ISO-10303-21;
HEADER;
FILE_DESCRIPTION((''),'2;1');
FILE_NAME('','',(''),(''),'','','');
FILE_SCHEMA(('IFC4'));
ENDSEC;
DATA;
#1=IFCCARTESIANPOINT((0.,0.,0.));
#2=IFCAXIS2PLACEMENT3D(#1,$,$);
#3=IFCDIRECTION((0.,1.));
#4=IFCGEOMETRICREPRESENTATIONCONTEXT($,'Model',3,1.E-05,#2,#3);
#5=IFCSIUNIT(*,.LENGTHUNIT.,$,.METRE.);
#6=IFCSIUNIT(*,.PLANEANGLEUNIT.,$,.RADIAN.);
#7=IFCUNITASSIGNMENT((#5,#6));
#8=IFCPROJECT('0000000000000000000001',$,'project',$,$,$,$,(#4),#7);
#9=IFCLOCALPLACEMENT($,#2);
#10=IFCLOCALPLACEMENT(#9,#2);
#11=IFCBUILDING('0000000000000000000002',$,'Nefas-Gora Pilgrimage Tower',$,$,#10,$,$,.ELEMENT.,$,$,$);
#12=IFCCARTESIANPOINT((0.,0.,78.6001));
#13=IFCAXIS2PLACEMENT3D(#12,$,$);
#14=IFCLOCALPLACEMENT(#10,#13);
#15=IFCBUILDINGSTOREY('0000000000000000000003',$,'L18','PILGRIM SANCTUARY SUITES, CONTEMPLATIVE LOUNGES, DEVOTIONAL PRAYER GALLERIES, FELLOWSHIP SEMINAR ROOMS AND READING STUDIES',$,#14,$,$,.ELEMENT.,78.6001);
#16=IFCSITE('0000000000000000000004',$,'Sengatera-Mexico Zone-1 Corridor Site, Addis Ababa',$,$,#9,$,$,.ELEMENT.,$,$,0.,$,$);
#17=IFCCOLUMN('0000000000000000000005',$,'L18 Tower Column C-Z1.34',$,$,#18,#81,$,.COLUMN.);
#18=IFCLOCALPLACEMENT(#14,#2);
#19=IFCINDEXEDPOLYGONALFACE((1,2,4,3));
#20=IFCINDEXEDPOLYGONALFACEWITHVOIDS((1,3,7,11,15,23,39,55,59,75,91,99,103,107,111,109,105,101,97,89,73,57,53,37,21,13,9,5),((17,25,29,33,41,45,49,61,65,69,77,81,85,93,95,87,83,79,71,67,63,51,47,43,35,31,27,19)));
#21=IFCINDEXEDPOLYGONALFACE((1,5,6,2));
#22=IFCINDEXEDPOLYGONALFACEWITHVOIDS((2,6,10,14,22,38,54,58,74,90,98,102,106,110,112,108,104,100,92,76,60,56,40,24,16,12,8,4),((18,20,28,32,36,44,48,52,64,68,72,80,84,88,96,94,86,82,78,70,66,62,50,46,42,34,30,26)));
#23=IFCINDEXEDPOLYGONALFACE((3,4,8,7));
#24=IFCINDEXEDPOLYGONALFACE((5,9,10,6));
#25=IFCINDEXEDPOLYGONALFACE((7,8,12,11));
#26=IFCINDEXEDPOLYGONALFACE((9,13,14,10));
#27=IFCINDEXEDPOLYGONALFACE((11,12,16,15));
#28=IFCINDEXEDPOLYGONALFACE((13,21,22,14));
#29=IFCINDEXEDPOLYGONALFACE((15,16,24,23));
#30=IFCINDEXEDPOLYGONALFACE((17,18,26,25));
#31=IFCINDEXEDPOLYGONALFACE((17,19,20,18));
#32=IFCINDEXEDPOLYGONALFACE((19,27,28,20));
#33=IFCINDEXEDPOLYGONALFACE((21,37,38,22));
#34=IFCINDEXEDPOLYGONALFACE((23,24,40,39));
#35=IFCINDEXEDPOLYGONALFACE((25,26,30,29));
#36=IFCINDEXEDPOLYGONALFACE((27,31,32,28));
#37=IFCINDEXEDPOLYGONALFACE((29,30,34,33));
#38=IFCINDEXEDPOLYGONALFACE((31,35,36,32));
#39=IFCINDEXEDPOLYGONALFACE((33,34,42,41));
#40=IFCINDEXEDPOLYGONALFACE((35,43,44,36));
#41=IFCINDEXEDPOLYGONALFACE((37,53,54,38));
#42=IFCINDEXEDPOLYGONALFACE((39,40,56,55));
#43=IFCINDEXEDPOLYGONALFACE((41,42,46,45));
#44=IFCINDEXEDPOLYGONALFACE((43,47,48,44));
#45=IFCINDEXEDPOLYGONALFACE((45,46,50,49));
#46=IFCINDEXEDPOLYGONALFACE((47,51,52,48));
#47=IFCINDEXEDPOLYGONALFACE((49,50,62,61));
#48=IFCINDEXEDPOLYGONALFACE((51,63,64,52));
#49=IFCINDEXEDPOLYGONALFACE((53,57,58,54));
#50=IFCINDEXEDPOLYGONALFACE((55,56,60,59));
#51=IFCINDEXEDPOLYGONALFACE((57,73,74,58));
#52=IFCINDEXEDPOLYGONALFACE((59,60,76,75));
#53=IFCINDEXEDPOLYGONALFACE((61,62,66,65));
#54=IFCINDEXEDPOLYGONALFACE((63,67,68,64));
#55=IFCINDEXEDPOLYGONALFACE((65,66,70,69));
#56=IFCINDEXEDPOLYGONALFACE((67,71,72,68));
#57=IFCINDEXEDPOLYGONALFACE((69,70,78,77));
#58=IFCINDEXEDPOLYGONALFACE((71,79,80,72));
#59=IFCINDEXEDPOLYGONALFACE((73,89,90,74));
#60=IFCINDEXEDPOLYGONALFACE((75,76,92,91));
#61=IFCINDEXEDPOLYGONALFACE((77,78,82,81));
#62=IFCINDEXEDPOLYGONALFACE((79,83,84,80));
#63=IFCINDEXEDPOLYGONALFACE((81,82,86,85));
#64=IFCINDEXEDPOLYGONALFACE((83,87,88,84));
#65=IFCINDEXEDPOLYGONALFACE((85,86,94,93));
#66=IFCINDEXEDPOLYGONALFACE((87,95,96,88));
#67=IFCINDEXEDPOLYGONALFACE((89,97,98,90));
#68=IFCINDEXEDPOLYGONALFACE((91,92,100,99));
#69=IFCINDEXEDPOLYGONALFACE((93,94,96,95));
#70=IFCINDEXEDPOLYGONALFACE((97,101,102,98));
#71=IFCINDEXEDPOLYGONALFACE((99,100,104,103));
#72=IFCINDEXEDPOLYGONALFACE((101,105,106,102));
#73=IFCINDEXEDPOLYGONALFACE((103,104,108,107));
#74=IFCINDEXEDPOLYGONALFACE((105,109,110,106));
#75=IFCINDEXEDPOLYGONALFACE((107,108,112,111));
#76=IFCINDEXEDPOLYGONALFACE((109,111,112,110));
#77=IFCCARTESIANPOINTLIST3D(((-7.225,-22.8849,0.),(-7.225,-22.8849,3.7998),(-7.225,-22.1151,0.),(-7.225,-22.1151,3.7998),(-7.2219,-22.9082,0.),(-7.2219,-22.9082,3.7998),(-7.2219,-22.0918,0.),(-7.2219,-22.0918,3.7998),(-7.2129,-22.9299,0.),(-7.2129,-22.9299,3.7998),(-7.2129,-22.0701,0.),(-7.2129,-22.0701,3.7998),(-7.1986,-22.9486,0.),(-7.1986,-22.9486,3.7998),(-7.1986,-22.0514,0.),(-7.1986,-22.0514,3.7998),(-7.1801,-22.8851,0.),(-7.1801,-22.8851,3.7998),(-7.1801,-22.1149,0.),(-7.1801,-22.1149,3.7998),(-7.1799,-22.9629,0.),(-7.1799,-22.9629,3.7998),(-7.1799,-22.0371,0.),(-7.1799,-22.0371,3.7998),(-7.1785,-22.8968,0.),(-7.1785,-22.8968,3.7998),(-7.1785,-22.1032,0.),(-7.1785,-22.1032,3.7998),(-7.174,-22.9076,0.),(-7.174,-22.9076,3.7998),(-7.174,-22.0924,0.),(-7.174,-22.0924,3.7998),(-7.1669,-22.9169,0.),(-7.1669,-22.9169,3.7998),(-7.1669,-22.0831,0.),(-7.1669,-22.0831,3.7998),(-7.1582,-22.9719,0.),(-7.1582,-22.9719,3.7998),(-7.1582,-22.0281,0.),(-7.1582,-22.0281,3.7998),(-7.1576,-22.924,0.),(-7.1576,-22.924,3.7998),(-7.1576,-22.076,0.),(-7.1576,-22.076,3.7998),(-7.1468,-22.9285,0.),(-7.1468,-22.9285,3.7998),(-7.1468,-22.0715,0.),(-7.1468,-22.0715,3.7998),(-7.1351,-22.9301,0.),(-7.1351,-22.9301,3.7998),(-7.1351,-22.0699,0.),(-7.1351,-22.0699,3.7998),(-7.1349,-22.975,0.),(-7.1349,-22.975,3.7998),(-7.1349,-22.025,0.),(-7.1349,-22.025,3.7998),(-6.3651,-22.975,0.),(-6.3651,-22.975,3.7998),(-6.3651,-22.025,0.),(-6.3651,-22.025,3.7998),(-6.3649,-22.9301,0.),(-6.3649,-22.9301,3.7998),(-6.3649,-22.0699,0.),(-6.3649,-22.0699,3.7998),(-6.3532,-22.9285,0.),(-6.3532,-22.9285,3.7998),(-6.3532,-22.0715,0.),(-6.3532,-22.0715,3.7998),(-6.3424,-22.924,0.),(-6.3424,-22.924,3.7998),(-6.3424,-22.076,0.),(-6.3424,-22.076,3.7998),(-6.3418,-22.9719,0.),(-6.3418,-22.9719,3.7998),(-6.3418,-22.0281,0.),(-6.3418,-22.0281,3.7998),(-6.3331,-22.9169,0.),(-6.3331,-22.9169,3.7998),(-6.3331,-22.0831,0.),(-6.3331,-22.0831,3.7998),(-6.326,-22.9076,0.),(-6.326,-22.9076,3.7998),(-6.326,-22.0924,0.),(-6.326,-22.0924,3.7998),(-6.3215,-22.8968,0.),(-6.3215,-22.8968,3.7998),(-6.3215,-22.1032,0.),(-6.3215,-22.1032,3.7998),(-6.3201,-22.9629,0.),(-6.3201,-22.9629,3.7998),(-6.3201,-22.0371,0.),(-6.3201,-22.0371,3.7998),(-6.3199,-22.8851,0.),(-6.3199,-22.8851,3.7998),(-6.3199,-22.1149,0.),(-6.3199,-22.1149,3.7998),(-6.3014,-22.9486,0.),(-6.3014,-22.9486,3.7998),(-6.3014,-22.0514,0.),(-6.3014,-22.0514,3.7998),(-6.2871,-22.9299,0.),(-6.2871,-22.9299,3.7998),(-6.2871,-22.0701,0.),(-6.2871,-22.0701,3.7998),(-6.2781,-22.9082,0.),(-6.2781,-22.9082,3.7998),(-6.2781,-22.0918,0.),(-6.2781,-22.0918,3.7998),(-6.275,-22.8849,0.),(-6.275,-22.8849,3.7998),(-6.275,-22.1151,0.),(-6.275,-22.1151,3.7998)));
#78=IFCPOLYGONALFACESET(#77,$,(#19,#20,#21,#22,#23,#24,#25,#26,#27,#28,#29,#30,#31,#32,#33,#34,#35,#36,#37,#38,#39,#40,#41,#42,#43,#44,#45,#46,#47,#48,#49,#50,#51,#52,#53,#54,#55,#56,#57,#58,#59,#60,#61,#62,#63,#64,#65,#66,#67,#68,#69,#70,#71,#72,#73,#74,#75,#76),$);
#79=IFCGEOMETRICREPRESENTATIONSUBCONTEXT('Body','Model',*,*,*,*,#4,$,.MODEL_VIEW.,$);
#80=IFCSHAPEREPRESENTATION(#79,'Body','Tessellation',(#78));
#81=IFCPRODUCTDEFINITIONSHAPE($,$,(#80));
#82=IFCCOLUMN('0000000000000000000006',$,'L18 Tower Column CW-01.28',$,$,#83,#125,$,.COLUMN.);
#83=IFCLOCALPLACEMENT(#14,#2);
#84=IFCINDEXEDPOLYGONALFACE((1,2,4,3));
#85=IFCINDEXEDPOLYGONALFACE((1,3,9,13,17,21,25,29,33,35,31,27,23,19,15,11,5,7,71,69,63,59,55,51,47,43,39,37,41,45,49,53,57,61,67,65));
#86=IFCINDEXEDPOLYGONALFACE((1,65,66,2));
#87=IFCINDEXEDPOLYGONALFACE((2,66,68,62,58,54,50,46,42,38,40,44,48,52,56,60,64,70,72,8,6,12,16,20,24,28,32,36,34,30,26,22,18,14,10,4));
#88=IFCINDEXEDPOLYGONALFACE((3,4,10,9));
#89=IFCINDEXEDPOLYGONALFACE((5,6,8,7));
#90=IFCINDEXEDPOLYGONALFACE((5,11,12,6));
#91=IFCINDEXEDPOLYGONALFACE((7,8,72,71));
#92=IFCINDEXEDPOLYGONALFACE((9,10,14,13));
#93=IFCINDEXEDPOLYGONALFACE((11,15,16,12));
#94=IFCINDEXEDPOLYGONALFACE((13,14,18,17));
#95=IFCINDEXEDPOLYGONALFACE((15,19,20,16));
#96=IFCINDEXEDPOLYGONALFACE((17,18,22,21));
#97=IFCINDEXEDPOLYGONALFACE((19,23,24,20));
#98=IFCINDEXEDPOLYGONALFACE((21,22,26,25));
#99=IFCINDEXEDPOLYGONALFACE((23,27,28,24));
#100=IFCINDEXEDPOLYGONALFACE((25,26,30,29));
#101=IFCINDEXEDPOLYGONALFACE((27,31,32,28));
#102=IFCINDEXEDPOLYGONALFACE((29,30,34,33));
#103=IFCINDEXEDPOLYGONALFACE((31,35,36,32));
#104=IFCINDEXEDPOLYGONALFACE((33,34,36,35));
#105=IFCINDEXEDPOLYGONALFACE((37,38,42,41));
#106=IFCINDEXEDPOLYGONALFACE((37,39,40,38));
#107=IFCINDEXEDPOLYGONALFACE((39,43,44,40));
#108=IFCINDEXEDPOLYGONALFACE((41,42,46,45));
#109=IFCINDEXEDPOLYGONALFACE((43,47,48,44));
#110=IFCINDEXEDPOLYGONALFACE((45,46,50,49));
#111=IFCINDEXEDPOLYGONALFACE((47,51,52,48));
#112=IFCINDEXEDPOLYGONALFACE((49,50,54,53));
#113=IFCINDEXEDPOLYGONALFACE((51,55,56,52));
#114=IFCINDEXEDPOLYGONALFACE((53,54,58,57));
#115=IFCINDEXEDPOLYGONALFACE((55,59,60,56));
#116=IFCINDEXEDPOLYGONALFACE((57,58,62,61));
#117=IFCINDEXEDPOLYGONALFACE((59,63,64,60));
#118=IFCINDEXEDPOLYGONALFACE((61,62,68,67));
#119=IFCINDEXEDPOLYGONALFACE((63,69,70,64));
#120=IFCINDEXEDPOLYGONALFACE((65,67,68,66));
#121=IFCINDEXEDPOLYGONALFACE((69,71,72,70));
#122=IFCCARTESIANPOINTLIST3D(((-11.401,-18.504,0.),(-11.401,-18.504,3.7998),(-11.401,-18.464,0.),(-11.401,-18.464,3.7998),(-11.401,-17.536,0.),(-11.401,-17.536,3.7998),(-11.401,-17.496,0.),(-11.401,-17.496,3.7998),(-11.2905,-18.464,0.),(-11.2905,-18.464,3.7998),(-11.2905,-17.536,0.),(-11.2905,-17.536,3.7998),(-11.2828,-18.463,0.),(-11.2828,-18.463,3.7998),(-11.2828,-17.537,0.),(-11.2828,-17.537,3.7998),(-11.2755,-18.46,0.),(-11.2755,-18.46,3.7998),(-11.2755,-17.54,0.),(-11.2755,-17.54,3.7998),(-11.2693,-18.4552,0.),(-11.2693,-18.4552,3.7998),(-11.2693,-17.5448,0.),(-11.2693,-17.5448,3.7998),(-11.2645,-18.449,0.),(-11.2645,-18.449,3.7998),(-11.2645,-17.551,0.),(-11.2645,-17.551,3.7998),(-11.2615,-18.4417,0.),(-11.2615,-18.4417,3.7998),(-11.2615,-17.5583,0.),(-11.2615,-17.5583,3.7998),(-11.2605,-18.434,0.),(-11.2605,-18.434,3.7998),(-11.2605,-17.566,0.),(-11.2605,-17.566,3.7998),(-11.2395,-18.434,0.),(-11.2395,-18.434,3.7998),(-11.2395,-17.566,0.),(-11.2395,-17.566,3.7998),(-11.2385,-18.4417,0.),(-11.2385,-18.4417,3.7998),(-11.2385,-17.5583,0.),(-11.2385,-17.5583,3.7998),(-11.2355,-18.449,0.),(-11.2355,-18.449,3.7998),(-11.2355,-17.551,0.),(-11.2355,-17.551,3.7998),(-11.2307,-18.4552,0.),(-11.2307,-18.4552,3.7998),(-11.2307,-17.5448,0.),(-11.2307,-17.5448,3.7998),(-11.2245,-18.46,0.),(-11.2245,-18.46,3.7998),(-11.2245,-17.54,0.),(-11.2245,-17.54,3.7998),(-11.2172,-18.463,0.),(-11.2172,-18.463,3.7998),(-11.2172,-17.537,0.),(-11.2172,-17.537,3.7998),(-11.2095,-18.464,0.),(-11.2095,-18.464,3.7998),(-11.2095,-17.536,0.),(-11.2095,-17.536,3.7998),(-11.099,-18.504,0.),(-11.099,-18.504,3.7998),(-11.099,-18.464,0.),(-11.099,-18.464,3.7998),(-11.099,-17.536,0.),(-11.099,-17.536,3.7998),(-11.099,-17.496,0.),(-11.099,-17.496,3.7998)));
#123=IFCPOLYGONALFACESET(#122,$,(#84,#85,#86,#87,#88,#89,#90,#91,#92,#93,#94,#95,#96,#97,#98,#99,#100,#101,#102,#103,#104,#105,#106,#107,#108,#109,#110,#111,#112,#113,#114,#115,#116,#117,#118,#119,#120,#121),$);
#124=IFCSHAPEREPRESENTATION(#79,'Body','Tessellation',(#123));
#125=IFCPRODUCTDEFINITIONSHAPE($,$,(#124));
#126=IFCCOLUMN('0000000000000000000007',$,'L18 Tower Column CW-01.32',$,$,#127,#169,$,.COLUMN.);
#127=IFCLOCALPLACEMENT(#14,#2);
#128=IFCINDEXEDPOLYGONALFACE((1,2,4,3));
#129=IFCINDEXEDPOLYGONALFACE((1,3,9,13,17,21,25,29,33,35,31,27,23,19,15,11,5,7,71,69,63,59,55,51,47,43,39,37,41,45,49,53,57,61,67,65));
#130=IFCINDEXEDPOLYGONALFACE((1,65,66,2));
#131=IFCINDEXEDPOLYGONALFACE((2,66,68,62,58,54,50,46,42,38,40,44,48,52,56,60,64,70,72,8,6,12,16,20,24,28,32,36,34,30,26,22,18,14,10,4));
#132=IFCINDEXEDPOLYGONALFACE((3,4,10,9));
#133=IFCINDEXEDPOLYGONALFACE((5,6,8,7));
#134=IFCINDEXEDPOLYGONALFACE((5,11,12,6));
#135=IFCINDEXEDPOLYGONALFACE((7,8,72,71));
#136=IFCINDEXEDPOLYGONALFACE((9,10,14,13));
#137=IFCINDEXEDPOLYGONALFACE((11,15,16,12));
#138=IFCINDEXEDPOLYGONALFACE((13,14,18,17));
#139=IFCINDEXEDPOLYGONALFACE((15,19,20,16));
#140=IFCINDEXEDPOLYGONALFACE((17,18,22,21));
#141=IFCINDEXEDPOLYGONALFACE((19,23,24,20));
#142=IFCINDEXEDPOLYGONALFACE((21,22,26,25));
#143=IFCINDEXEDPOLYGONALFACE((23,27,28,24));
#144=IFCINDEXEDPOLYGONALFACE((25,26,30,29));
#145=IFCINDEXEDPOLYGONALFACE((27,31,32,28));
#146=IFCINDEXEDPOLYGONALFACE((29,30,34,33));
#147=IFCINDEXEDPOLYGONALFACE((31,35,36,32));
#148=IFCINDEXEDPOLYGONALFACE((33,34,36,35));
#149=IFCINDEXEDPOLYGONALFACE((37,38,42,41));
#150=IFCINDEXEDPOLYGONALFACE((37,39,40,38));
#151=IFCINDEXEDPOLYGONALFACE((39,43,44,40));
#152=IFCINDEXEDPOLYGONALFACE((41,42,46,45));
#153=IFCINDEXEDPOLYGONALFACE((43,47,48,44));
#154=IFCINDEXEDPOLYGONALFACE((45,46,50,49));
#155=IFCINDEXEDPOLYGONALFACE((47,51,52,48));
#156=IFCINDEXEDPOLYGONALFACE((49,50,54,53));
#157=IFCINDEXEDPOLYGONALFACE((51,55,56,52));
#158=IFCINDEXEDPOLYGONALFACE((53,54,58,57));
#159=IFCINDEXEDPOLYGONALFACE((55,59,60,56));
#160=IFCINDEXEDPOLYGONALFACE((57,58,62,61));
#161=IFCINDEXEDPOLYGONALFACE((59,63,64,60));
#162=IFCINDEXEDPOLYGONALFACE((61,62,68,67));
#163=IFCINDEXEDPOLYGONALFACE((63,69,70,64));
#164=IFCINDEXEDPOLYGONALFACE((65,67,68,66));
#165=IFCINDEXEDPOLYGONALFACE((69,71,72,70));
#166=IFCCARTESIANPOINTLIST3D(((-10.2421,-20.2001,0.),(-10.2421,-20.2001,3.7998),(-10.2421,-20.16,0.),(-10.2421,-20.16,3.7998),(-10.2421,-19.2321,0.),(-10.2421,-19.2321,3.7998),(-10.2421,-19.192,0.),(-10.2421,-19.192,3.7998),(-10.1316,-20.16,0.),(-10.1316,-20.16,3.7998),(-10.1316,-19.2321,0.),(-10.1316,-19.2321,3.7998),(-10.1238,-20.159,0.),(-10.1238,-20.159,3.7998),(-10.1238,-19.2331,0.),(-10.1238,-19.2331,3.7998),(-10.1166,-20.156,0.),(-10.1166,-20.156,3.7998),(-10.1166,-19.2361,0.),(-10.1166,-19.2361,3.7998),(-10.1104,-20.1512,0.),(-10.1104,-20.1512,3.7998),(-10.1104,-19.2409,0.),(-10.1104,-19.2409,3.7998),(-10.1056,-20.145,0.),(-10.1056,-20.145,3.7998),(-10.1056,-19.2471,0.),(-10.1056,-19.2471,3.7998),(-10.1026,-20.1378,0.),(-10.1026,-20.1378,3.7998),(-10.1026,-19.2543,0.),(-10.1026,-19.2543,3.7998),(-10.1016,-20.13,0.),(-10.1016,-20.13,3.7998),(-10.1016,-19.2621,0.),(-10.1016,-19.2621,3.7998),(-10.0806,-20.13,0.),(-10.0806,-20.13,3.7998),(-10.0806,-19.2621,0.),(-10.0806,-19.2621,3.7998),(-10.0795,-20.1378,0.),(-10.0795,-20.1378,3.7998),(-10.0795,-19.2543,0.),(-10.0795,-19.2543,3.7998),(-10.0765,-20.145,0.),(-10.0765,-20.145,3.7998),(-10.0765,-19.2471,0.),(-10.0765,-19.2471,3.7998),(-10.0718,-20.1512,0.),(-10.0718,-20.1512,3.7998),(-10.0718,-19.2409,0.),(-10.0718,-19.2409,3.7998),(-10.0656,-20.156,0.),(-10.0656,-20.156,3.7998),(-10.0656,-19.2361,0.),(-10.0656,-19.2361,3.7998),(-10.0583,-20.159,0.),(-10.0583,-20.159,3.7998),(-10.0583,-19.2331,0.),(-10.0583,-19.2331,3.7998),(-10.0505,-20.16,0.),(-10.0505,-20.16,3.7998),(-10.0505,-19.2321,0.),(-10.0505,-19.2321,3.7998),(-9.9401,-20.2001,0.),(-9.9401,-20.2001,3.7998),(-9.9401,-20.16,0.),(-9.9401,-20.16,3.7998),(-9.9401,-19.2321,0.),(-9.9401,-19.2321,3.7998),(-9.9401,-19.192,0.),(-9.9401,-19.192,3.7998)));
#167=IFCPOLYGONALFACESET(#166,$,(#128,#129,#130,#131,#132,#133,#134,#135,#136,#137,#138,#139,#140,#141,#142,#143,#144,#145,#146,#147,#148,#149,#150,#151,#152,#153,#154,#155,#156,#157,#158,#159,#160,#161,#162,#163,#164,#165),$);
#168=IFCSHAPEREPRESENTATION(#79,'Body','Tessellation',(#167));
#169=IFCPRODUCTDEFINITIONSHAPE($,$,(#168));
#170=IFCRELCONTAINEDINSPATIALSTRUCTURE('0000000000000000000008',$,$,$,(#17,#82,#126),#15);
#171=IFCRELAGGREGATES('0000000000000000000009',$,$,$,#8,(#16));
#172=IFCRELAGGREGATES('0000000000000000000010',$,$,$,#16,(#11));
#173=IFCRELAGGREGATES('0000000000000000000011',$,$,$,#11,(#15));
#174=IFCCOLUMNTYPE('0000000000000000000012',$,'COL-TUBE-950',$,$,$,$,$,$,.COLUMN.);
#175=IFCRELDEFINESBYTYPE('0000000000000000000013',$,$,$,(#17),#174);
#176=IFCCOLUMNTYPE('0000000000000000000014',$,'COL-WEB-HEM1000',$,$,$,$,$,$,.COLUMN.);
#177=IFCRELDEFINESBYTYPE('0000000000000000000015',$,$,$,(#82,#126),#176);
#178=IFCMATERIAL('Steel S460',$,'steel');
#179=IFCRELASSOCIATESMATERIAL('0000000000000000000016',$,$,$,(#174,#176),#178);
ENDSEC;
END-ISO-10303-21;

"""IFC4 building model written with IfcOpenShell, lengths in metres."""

from ifc_helpers import new_model, si_unit, direction, frame, origin, origin_2d, place, context, subcontext, project, spatial, hollow_rectangle, i_section, extrude, source, transform, mapped, material, material_profile, profile_set, type_object, element, save


model = new_model("IFC4")

# Units and contexts
model_context = context("Model", 3, precision=1e-05, world=origin(), true_north=direction((0.0, 1.0)))
body_context = subcontext(model_context, "Body", "Model", "MODEL_VIEW")
ifc_project = project(units=[si_unit("LENGTHUNIT", "METRE"), si_unit("PLANEANGLEUNIT", "RADIAN")], contexts=[model_context])

# Site, building, storey
site_placement = place(None, origin())
site = spatial("IfcSite", under=ifc_project, at=site_placement, Name="Sengatera-Mexico Zone-1 Corridor Site, Addis Ababa", CompositionType="ELEMENT", RefElevation=0.0)
building_placement = place(site_placement, origin())
building = spatial("IfcBuilding", under=site, at=building_placement, Name="Nefas-Gora Pilgrimage Tower", CompositionType="ELEMENT")
storey_placement = place(building_placement, frame((0.0, 0.0, 78.6001)))
storey = spatial("IfcBuildingStorey", under=building, at=storey_placement, Name="L18", Description="PILGRIM SANCTUARY SUITES, CONTEMPLATIVE LOUNGES, DEVOTIONAL PRAYER GALLERIES, FELLOWSHIP SEMINAR ROOMS AND READING STUDIES", CompositionType="ELEMENT", Elevation=78.6001)

# Columns
ifc_material_1 = material(Name="Steel S460", Category="steel")
ifc_material_profile_1 = material_profile(ifc_material_1, hollow_rectangle(XDim=0.95, YDim=0.95, WallThickness=0.0449, InnerFilletRadius=0.0449, OuterFilletRadius=0.0901, at=origin_2d()), Name="BOX 950x950x45")
ifc_profile_set_1 = profile_set([ifc_material_profile_1], Name="Steel S460")
column_type_1 = type_object("IfcColumnType", Name="COL-TUBE-950", PredefinedType="COLUMN", material=ifc_profile_set_1)
shared_shape_1 = source(origin(), body_context, "Body", "SweptSolid", [
    extrude(hollow_rectangle(XDim=0.95, YDim=0.95, WallThickness=0.0449, InnerFilletRadius=0.0449, OuterFilletRadius=0.0901, at=origin_2d()), origin(), (0.0, 0.0, 1.0), 3.7998),
])
column_placement = place(storey_placement, frame((-6.75, -22.5, 0.0), z_axis=(0.0, 0.0, 1.0), x_axis=(1.0, 0.0, 0.0)))
element("IfcColumn", 1, at=column_placement, inside=storey, type_object=column_type_1, Name="L18 Tower Column C-Z1.34", PredefinedType="COLUMN", context=body_context, shape_type="MappedRepresentation", body=[
    mapped(shared_shape_1, transform((0.0, 0.0, 0.0), x_axis=(1.0, 0.0, 0.0), y_axis=(0.0, 1.0, 0.0), z_axis=(0.0, 0.0, 1.0), scale=1.0)),
])
ifc_material_profile_2 = material_profile(ifc_material_1, i_section(OverallWidth=0.302, OverallDepth=1.0081, WebThickness=0.021, FlangeThickness=0.04, FilletRadius=0.03, at=origin_2d()), Name="HEM 1000")
ifc_profile_set_2 = profile_set([ifc_material_profile_2], Name="Steel S460")
column_type_2 = type_object("IfcColumnType", Name="COL-WEB-HEM1000", PredefinedType="COLUMN", material=ifc_profile_set_2)
shared_shape_2 = source(origin(), body_context, "Body", "SweptSolid", [
    extrude(i_section(OverallWidth=0.302, OverallDepth=1.0081, WebThickness=0.021, FlangeThickness=0.04, FilletRadius=0.03, at=origin_2d()), origin(), (0.0, 0.0, 1.0), 3.7998),
])
for number, where, z_axis, x_axis, name in (
    (2, (-11.25, -18.0, 0.0), (0.0, 0.0, 1.0), (1.0, 0.0, 0.0), "L18 Tower Column CW-01.28"),
    (3, (-10.0911, -19.696, 0.0), (0.0, 0.0, 1.0), (1.0, 0.0, 0.0), "L18 Tower Column CW-01.32"),
):
    element("IfcColumn", number, at=place(storey_placement, frame(where, z_axis=z_axis, x_axis=x_axis)), inside=storey, type_object=column_type_2, Name=name, PredefinedType="COLUMN", context=body_context, shape_type="MappedRepresentation", body=[
        mapped(shared_shape_2, transform((0.0, 0.0, 0.0), x_axis=(1.0, 0.0, 0.0), y_axis=(0.0, 1.0, 0.0), z_axis=(0.0, 0.0, 1.0), scale=1.0)),
    ])

save(model, "model.ifc")
